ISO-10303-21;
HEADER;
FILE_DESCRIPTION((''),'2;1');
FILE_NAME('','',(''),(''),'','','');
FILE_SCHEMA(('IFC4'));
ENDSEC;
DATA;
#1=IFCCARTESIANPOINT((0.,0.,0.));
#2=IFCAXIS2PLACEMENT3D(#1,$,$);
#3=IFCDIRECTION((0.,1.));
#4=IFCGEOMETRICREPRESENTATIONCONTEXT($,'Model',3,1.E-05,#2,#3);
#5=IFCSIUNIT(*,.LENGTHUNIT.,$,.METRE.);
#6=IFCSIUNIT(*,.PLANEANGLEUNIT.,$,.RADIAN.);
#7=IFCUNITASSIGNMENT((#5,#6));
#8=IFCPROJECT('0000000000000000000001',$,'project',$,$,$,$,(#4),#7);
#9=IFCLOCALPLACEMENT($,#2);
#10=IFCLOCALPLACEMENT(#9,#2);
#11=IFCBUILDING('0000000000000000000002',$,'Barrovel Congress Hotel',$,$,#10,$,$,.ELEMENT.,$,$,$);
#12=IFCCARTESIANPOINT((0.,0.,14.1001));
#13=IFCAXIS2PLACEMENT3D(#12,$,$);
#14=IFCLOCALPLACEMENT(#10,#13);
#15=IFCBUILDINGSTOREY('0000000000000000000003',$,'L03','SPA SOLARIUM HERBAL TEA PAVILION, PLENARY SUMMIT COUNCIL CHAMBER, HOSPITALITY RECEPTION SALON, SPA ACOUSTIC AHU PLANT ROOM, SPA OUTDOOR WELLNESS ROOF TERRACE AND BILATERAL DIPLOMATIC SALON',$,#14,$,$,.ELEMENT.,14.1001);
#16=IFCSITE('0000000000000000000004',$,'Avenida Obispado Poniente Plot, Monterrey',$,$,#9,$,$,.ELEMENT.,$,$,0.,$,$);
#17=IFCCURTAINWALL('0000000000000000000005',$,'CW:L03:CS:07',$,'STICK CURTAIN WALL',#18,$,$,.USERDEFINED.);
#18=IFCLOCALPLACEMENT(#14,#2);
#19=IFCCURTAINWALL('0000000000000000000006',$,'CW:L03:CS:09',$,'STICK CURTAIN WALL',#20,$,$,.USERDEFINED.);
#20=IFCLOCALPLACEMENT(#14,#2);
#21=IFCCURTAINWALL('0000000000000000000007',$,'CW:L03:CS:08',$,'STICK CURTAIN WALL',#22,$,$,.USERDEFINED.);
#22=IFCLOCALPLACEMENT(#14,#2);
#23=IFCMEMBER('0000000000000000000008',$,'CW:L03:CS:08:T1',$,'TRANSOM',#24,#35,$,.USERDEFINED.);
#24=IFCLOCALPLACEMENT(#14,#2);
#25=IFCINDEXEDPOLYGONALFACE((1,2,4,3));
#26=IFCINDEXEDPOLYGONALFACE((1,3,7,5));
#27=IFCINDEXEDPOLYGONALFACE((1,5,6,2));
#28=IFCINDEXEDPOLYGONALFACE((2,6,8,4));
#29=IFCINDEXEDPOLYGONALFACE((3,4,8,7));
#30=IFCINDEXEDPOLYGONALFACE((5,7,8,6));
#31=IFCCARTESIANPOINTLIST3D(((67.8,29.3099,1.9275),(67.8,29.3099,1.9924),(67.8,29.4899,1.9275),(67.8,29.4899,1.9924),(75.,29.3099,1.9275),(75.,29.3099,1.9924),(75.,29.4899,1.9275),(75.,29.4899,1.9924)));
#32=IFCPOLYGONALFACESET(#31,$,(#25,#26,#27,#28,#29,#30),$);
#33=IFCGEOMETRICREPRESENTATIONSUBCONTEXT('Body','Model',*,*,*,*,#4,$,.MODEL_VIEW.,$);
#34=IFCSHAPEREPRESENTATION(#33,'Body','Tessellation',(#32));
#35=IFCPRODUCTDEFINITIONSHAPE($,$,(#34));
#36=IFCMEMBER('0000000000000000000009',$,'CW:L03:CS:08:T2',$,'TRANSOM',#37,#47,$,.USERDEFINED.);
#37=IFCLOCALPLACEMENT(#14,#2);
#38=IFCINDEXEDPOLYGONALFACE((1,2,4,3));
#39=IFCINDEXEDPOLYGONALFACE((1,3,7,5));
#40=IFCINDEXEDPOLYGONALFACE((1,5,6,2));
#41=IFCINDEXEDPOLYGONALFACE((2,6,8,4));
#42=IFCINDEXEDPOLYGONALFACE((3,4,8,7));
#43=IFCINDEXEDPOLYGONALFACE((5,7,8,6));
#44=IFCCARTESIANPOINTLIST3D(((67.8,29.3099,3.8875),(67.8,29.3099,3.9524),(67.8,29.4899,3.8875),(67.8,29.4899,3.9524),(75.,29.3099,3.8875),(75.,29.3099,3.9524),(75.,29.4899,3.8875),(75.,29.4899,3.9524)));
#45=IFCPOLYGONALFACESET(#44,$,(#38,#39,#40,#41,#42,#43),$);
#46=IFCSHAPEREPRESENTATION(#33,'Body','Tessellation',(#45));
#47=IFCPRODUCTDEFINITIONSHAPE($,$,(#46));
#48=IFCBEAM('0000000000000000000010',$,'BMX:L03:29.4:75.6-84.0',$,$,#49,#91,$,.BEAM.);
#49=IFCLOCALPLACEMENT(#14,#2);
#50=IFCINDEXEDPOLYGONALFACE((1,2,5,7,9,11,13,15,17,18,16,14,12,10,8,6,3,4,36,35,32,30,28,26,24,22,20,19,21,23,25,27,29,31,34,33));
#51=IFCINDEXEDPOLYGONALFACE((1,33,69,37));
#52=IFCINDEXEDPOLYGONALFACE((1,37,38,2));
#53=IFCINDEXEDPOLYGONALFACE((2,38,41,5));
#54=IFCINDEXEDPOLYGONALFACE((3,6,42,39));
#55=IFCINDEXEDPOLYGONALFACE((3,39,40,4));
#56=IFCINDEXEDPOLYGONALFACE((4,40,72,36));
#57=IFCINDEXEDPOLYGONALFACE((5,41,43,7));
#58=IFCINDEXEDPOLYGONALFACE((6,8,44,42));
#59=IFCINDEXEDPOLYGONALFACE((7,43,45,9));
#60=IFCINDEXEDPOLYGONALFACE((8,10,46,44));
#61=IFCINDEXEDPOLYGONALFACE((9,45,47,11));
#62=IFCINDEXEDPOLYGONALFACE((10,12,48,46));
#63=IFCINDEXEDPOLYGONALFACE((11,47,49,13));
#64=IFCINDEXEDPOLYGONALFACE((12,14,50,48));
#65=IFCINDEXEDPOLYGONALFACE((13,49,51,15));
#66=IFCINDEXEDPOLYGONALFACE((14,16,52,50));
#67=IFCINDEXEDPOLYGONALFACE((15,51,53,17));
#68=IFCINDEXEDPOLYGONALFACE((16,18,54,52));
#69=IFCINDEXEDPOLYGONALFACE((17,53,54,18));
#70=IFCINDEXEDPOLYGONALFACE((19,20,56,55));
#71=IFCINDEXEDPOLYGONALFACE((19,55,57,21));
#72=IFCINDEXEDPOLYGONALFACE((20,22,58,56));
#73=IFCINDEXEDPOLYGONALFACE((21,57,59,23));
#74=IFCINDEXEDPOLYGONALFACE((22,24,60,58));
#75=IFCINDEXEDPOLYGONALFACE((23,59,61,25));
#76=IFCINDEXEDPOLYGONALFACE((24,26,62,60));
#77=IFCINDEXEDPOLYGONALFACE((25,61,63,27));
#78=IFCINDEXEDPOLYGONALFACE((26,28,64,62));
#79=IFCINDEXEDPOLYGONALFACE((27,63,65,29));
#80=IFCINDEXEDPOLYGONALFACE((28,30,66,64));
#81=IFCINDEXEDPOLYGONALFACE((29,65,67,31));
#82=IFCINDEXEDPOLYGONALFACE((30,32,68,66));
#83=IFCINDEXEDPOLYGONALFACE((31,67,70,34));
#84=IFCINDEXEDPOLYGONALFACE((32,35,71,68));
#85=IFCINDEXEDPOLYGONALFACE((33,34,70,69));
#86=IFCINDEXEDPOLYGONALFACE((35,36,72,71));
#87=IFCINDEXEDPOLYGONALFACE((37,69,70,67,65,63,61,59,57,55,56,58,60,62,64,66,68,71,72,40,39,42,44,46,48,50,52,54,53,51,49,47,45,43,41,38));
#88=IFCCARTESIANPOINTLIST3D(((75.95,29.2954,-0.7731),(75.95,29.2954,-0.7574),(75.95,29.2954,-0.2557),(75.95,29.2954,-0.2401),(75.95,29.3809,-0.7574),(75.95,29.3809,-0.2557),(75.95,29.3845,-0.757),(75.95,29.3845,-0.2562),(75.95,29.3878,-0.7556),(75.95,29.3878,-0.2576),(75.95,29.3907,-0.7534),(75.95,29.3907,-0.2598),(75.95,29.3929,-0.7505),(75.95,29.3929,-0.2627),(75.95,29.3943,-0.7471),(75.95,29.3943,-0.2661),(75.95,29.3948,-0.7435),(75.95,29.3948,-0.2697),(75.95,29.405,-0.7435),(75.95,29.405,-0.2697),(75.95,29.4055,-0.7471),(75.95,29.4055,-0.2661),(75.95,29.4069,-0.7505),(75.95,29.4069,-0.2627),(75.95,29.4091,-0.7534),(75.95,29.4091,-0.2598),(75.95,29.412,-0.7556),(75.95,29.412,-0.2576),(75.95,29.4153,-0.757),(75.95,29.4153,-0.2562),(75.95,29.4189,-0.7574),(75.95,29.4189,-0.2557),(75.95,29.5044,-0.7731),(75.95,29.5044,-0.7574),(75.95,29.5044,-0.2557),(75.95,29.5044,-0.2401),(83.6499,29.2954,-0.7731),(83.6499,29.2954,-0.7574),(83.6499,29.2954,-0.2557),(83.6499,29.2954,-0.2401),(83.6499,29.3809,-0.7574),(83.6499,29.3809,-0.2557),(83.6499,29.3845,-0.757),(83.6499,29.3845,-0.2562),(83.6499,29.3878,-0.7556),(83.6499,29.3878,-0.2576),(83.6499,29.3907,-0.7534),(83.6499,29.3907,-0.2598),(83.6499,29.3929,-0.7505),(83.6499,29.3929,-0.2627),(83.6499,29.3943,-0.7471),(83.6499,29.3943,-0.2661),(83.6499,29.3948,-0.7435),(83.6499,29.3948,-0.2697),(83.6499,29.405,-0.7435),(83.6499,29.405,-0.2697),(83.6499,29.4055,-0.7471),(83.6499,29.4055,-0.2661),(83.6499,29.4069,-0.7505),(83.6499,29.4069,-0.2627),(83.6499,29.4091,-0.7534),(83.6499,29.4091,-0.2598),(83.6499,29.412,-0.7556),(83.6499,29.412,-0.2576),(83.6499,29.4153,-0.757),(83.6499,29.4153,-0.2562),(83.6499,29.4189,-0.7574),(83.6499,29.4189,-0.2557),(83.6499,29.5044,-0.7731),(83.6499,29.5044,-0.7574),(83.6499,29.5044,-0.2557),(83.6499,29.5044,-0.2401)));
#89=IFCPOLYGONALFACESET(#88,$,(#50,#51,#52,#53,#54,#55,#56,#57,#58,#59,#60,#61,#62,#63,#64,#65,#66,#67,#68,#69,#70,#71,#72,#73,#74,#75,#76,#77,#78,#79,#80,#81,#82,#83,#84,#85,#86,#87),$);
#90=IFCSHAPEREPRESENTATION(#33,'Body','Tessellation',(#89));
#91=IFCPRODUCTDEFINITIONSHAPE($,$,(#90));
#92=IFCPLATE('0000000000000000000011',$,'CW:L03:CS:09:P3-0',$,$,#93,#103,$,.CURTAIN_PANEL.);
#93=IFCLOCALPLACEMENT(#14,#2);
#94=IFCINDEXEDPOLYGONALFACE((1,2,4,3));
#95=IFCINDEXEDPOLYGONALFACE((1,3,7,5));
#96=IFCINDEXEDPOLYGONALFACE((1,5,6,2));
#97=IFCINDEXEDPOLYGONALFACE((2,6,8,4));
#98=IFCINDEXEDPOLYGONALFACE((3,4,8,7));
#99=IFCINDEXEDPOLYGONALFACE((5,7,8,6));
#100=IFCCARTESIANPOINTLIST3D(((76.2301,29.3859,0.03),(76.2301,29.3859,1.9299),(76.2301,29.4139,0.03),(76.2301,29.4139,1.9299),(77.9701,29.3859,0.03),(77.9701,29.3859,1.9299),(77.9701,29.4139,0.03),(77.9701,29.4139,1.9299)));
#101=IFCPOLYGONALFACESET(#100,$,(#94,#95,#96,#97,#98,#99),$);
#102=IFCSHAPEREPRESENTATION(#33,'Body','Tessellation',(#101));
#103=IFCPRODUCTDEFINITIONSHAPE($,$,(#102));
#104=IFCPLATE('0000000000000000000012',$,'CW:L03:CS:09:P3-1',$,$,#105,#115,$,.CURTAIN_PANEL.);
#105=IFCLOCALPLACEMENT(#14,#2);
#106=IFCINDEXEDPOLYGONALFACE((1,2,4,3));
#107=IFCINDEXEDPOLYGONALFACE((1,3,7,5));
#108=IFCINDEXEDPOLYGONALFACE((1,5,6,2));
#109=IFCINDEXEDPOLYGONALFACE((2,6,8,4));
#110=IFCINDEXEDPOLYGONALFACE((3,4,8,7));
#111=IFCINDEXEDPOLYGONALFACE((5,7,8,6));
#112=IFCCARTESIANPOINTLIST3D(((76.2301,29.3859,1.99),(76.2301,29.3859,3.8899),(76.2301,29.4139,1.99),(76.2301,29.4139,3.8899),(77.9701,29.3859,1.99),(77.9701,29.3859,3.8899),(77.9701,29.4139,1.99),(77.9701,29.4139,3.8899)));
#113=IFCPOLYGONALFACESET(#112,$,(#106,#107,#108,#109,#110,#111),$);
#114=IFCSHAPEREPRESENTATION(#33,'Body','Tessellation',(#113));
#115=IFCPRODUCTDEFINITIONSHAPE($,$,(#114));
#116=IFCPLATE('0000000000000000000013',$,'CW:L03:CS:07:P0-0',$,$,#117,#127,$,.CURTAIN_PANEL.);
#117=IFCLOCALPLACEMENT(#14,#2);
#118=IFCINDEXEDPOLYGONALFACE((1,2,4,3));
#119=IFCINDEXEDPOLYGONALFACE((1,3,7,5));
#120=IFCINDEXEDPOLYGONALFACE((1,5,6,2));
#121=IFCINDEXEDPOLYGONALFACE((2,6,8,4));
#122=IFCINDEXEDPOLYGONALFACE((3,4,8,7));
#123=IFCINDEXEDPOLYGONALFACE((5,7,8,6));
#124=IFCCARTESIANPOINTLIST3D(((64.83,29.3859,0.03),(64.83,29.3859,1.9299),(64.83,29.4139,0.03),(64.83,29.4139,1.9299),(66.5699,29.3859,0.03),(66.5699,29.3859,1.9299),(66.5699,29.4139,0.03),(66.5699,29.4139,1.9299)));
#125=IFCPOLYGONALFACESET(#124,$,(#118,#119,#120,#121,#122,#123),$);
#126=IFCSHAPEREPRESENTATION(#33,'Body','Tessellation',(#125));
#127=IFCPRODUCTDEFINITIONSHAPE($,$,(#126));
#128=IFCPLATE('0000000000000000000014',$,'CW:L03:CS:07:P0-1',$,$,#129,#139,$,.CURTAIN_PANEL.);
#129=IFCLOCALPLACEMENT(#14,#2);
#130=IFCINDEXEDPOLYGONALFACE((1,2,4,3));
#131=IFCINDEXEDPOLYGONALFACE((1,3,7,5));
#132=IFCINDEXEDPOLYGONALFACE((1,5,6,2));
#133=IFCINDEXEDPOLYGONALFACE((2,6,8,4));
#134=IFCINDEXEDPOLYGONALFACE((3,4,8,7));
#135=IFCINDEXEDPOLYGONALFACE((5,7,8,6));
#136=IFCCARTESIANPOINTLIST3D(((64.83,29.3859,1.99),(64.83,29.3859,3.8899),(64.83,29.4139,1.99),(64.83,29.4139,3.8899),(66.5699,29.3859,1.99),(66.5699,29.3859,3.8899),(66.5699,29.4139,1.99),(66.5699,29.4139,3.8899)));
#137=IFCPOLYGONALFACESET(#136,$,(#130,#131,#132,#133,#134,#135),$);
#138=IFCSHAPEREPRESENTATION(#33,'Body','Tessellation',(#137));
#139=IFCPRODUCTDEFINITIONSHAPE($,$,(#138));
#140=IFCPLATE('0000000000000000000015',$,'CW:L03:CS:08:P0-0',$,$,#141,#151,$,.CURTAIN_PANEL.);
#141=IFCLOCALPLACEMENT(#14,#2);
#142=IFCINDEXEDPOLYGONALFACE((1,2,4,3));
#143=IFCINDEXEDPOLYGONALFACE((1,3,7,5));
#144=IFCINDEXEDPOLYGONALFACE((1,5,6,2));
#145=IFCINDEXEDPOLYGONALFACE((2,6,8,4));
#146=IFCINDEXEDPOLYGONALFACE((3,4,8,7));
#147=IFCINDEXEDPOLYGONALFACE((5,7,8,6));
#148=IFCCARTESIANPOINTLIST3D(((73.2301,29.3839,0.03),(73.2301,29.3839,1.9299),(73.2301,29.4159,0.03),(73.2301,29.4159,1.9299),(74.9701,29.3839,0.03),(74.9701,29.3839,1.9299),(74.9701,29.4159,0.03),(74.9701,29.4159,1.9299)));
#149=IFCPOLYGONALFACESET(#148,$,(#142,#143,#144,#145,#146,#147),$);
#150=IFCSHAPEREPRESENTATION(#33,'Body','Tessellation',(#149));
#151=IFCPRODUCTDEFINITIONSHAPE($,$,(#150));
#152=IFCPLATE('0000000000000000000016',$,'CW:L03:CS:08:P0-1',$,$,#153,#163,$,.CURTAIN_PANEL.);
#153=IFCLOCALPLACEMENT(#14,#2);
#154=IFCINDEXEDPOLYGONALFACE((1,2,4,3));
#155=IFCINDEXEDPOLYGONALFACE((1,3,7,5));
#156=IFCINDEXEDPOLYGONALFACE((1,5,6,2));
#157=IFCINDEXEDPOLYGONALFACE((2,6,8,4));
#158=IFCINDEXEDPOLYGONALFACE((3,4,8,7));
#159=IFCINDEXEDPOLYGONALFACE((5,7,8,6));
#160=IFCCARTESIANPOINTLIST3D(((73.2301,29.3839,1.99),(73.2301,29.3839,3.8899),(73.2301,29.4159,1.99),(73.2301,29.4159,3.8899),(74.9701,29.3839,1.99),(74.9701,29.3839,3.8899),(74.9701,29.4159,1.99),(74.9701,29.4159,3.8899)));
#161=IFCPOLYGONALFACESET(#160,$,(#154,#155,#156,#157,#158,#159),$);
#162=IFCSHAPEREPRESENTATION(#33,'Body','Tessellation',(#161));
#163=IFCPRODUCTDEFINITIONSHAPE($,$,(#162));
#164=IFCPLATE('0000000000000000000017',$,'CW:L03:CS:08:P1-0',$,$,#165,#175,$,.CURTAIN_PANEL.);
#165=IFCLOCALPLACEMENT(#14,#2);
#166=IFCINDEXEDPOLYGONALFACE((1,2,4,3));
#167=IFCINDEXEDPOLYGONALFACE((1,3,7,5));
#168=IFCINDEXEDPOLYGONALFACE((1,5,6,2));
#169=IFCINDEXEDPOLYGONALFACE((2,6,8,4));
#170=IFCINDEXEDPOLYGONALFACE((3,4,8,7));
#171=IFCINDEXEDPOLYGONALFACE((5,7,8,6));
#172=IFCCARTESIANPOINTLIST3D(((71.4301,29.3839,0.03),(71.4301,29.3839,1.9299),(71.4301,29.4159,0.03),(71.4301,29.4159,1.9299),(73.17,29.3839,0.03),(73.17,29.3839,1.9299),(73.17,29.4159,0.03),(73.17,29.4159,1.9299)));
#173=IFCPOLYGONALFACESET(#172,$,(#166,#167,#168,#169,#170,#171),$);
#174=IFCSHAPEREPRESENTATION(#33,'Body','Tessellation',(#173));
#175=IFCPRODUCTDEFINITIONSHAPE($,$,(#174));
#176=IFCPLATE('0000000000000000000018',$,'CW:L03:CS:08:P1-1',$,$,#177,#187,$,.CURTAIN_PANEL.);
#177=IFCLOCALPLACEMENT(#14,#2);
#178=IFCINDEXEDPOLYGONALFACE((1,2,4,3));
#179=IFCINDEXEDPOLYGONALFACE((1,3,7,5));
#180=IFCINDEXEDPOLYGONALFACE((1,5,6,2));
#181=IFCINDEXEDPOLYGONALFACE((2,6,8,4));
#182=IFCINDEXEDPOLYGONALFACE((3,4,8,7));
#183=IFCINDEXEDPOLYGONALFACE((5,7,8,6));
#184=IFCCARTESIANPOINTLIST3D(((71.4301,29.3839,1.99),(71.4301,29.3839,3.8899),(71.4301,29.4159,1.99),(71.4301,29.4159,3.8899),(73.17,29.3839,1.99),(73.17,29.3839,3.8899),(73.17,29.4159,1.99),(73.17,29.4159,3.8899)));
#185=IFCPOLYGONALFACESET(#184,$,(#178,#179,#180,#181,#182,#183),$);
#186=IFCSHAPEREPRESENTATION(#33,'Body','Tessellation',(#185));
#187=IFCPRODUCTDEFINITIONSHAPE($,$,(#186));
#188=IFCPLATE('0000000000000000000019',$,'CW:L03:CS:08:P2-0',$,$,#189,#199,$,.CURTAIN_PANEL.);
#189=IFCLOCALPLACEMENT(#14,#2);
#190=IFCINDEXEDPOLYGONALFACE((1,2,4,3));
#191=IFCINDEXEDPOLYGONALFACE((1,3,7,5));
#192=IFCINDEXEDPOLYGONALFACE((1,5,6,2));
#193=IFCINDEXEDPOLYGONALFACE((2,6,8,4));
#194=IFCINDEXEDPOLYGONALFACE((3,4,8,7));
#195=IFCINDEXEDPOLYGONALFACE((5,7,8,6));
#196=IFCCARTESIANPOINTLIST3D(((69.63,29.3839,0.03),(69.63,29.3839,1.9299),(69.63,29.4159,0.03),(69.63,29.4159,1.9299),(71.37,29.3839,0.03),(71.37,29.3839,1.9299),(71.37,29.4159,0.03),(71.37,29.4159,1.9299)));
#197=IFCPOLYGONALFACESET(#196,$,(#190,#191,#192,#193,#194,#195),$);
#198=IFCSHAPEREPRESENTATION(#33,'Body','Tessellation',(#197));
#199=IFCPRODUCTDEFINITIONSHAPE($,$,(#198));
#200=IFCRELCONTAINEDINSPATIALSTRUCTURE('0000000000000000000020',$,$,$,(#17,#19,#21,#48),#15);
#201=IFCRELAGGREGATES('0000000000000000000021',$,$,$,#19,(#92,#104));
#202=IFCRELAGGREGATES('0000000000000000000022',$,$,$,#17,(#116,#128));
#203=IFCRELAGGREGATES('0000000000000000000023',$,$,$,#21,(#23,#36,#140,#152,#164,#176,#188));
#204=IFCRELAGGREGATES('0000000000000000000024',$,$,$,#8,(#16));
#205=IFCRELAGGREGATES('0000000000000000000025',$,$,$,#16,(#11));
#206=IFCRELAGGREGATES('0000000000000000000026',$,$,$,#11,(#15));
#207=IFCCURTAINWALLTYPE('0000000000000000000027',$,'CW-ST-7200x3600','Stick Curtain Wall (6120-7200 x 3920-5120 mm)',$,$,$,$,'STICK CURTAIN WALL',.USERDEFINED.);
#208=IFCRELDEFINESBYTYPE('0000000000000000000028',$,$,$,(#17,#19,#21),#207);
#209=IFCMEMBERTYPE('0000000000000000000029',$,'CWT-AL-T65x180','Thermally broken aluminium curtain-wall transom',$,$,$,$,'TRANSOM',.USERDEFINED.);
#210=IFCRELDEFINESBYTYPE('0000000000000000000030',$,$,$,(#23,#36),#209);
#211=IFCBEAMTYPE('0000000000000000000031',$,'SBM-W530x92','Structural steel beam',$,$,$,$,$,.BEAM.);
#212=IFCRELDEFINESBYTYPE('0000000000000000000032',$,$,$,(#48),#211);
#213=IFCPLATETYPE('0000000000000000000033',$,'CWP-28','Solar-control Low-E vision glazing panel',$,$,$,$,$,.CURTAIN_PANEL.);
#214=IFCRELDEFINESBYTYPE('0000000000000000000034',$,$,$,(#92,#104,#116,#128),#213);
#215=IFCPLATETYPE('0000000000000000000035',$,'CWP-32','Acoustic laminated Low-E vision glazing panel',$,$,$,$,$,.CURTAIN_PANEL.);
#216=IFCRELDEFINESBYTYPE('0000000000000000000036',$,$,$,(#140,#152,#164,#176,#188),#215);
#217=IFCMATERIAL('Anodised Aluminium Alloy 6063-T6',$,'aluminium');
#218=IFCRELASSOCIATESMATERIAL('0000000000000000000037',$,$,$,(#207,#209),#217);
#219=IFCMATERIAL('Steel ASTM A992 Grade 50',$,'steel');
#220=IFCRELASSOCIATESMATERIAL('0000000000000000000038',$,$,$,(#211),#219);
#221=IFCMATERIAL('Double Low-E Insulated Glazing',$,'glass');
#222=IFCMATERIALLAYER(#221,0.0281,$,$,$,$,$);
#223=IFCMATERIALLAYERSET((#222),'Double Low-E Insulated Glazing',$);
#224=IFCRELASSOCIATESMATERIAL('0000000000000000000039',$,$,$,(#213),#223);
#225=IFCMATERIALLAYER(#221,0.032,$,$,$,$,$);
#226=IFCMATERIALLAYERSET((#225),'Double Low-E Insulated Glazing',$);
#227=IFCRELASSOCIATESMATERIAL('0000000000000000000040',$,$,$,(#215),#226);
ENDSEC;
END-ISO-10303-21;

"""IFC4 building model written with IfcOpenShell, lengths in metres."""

from ifc_helpers import new_model, si_unit, direction, frame, origin, origin_2d, place, context, subcontext, project, spatial, rectangle, i_section, extrude, material, layer, layer_set, material_profile, profile_set, type_object, element, aggregate, save


model = new_model("IFC4")

# Units and contexts
model_context = context("Model", 3, precision=1e-05, world=origin(), true_north=direction((0.0, 1.0)))
body_context = subcontext(model_context, "Body", "Model", "MODEL_VIEW")
ifc_project = project(units=[si_unit("LENGTHUNIT", "METRE"), si_unit("PLANEANGLEUNIT", "RADIAN")], contexts=[model_context])

# Site, building, storey
site_placement = place(None, origin())
site = spatial("IfcSite", under=ifc_project, at=site_placement, Name="Avenida Obispado Poniente Plot, Monterrey", CompositionType="ELEMENT", RefElevation=0.0)
building_placement = place(site_placement, origin())
building = spatial("IfcBuilding", under=site, at=building_placement, Name="Barrovel Congress Hotel", CompositionType="ELEMENT")
storey_placement = place(building_placement, frame((0.0, 0.0, 14.1001)))
storey = spatial("IfcBuildingStorey", under=building, at=storey_placement, Name="L03", Description="SPA SOLARIUM HERBAL TEA PAVILION, PLENARY SUMMIT COUNCIL CHAMBER, HOSPITALITY RECEPTION SALON, SPA ACOUSTIC AHU PLANT ROOM, SPA OUTDOOR WELLNESS ROOF TERRACE AND BILATERAL DIPLOMATIC SALON", CompositionType="ELEMENT", Elevation=14.1001)

# Curtain walls
ifc_material_1 = material(Name="Anodised Aluminium Alloy 6063-T6", Category="aluminium")
curtain_wall_type = type_object("IfcCurtainWallType", Name="CW-ST-7200x3600", Description="Stick Curtain Wall (6120-7200 x 3920-5120 mm)", ElementType="STICK CURTAIN WALL", PredefinedType="USERDEFINED", material=ifc_material_1)
curtain_wall_1_placement = place(storey_placement, origin())
curtain_wall_1 = element("IfcCurtainWall", 1, at=curtain_wall_1_placement, inside=storey, type_object=curtain_wall_type, Name="CW:L03:CS:07", ObjectType="STICK CURTAIN WALL", PredefinedType="USERDEFINED")
curtain_wall_2_placement = place(storey_placement, origin())
curtain_wall_2 = element("IfcCurtainWall", 2, at=curtain_wall_2_placement, inside=storey, type_object=curtain_wall_type, Name="CW:L03:CS:09", ObjectType="STICK CURTAIN WALL", PredefinedType="USERDEFINED")

# Curtain wall
curtain_wall_3_placement = place(storey_placement, origin())
curtain_wall_3 = element("IfcCurtainWall", 3, at=curtain_wall_3_placement, inside=storey, type_object=curtain_wall_type, Name="CW:L03:CS:08", ObjectType="STICK CURTAIN WALL", PredefinedType="USERDEFINED")

# Members
ifc_material_profile_1 = material_profile(ifc_material_1, rectangle(XDim=0.1799, YDim=0.0649, at=origin_2d()), Name="AL-T65x180")
ifc_profile_set_1 = profile_set([ifc_material_profile_1], Name="Anodised Aluminium Alloy 6063-T6")
member_type_1 = type_object("IfcMemberType", Name="CWT-AL-T65x180", Description="Thermally broken aluminium curtain-wall transom", ElementType="TRANSOM", PredefinedType="USERDEFINED", material=ifc_profile_set_1)
member_1_placement = place(storey_placement, frame((75.0, 29.3999, 1.96), z_axis=(-1.0, 0.0, 0.0), x_axis=(0.0, -1.0, 0.0)))
member_1 = element("IfcMember", 4, at=member_1_placement, type_object=member_type_1, Name="CW:L03:CS:08:T1", ObjectType="TRANSOM", PredefinedType="USERDEFINED", context=body_context, shape_type="SweptSolid", body=[
    extrude(rectangle(XDim=0.1799, YDim=0.0649, at=origin_2d()), origin(), (0.0, 0.0, 1.0), 7.2),
])
member_2_placement = place(storey_placement, frame((75.0, 29.3999, 3.9199), z_axis=(-1.0, 0.0, 0.0), x_axis=(0.0, -1.0, 0.0)))
member_2 = element("IfcMember", 5, at=member_2_placement, type_object=member_type_1, Name="CW:L03:CS:08:T2", ObjectType="TRANSOM", PredefinedType="USERDEFINED", context=body_context, shape_type="SweptSolid", body=[
    extrude(rectangle(XDim=0.1799, YDim=0.0649, at=origin_2d()), origin(), (0.0, 0.0, 1.0), 7.2),
])

# Beam
ifc_material_2 = material(Name="Steel ASTM A992 Grade 50", Category="steel")
ifc_material_profile_2 = material_profile(ifc_material_2, i_section(OverallWidth=0.209, OverallDepth=0.533, WebThickness=0.0103, FlangeThickness=0.0156, FilletRadius=0.0139, at=origin_2d()), Name="W530x92")
ifc_profile_set_2 = profile_set([ifc_material_profile_2], Name="Steel ASTM A992 Grade 50")
beam_type_1 = type_object("IfcBeamType", Name="SBM-W530x92", Description="Structural steel beam", PredefinedType="BEAM", material=ifc_profile_set_2)
beam_1_placement = place(storey_placement, frame((75.95, 29.3999, -0.5066), z_axis=(1.0, 0.0, 0.0), x_axis=(0.0, 1.0, 0.0)))
element("IfcBeam", 6, at=beam_1_placement, inside=storey, type_object=beam_type_1, Name="BMX:L03:29.4:75.6-84.0", PredefinedType="BEAM", context=body_context, shape_type="SweptSolid", body=[
    extrude(i_section(OverallWidth=0.209, OverallDepth=0.533, WebThickness=0.0103, FlangeThickness=0.0156, FilletRadius=0.0139, at=origin_2d()), origin(), (0.0, 0.0, 1.0), 7.7),
])

# Plates
ifc_material_3 = material(Name="Double Low-E Insulated Glazing", Category="glass")
ifc_layer_1 = layer(ifc_material_3, 0.0281)
ifc_layer_set_1 = layer_set([ifc_layer_1], Name="Double Low-E Insulated Glazing")
plate_type_1 = type_object("IfcPlateType", Name="CWP-28", Description="Solar-control Low-E vision glazing panel", PredefinedType="CURTAIN_PANEL", material=ifc_layer_set_1)
plate_1_placement = place(storey_placement, frame((77.1001, 29.3999, 0.03), z_axis=(0.0, 0.0, 1.0), x_axis=(-1.0, 0.0, 0.0)))
plate_1 = element("IfcPlate", 7, at=plate_1_placement, type_object=plate_type_1, Name="CW:L03:CS:09:P3-0", PredefinedType="CURTAIN_PANEL", context=body_context, shape_type="SweptSolid", body=[
    extrude(rectangle(XDim=1.74, YDim=0.0281, at=origin_2d()), origin(), (0.0, 0.0, 1.0), 1.8999),
])
plate_2_placement = place(storey_placement, frame((77.1001, 29.3999, 1.99), z_axis=(0.0, 0.0, 1.0), x_axis=(-1.0, 0.0, 0.0)))
plate_2 = element("IfcPlate", 8, at=plate_2_placement, type_object=plate_type_1, Name="CW:L03:CS:09:P3-1", PredefinedType="CURTAIN_PANEL", context=body_context, shape_type="SweptSolid", body=[
    extrude(rectangle(XDim=1.74, YDim=0.0281, at=origin_2d()), origin(), (0.0, 0.0, 1.0), 1.8999),
])
aggregate(curtain_wall_2, [plate_1, plate_2])
plate_3_placement = place(storey_placement, frame((65.7, 29.3999, 0.03), z_axis=(0.0, 0.0, 1.0), x_axis=(-1.0, 0.0, 0.0)))
plate_3 = element("IfcPlate", 9, at=plate_3_placement, type_object=plate_type_1, Name="CW:L03:CS:07:P0-0", PredefinedType="CURTAIN_PANEL", context=body_context, shape_type="SweptSolid", body=[
    extrude(rectangle(XDim=1.74, YDim=0.0281, at=origin_2d()), origin(), (0.0, 0.0, 1.0), 1.8999),
])
plate_4_placement = place(storey_placement, frame((65.7, 29.3999, 1.99), z_axis=(0.0, 0.0, 1.0), x_axis=(-1.0, 0.0, 0.0)))
plate_4 = element("IfcPlate", 10, at=plate_4_placement, type_object=plate_type_1, Name="CW:L03:CS:07:P0-1", PredefinedType="CURTAIN_PANEL", context=body_context, shape_type="SweptSolid", body=[
    extrude(rectangle(XDim=1.74, YDim=0.0281, at=origin_2d()), origin(), (0.0, 0.0, 1.0), 1.8999),
])
aggregate(curtain_wall_1, [plate_3, plate_4])
ifc_layer_2 = layer(ifc_material_3, 0.032)
ifc_layer_set_2 = layer_set([ifc_layer_2], Name="Double Low-E Insulated Glazing")
plate_type_2 = type_object("IfcPlateType", Name="CWP-32", Description="Acoustic laminated Low-E vision glazing panel", PredefinedType="CURTAIN_PANEL", material=ifc_layer_set_2)
plate_5_placement = place(storey_placement, frame((74.1001, 29.3999, 0.03), z_axis=(0.0, 0.0, 1.0), x_axis=(-1.0, 0.0, 0.0)))
plate_5 = element("IfcPlate", 11, at=plate_5_placement, type_object=plate_type_2, Name="CW:L03:CS:08:P0-0", PredefinedType="CURTAIN_PANEL", context=body_context, shape_type="SweptSolid", body=[
    extrude(rectangle(XDim=1.74, YDim=0.032, at=origin_2d()), origin(), (0.0, 0.0, 1.0), 1.8999),
])
plate_6_placement = place(storey_placement, frame((74.1001, 29.3999, 1.99), z_axis=(0.0, 0.0, 1.0), x_axis=(-1.0, 0.0, 0.0)))
plate_6 = element("IfcPlate", 12, at=plate_6_placement, type_object=plate_type_2, Name="CW:L03:CS:08:P0-1", PredefinedType="CURTAIN_PANEL", context=body_context, shape_type="SweptSolid", body=[
    extrude(rectangle(XDim=1.74, YDim=0.032, at=origin_2d()), origin(), (0.0, 0.0, 1.0), 1.8999),
])
plate_7_placement = place(storey_placement, frame((72.3, 29.3999, 0.03), z_axis=(0.0, 0.0, 1.0), x_axis=(-1.0, 0.0, 0.0)))
plate_7 = element("IfcPlate", 13, at=plate_7_placement, type_object=plate_type_2, Name="CW:L03:CS:08:P1-0", PredefinedType="CURTAIN_PANEL", context=body_context, shape_type="SweptSolid", body=[
    extrude(rectangle(XDim=1.74, YDim=0.032, at=origin_2d()), origin(), (0.0, 0.0, 1.0), 1.8999),
])
plate_8_placement = place(storey_placement, frame((72.3, 29.3999, 1.99), z_axis=(0.0, 0.0, 1.0), x_axis=(-1.0, 0.0, 0.0)))
plate_8 = element("IfcPlate", 14, at=plate_8_placement, type_object=plate_type_2, Name="CW:L03:CS:08:P1-1", PredefinedType="CURTAIN_PANEL", context=body_context, shape_type="SweptSolid", body=[
    extrude(rectangle(XDim=1.74, YDim=0.032, at=origin_2d()), origin(), (0.0, 0.0, 1.0), 1.8999),
])
plate_9_placement = place(storey_placement, frame((70.5, 29.3999, 0.03), z_axis=(0.0, 0.0, 1.0), x_axis=(-1.0, 0.0, 0.0)))
plate_9 = element("IfcPlate", 15, at=plate_9_placement, type_object=plate_type_2, Name="CW:L03:CS:08:P2-0", PredefinedType="CURTAIN_PANEL", context=body_context, shape_type="SweptSolid", body=[
    extrude(rectangle(XDim=1.74, YDim=0.032, at=origin_2d()), origin(), (0.0, 0.0, 1.0), 1.8999),
])
aggregate(curtain_wall_3, [member_1, member_2, plate_5, plate_6, plate_7, plate_8, plate_9])

save(model, "model.ifc")
